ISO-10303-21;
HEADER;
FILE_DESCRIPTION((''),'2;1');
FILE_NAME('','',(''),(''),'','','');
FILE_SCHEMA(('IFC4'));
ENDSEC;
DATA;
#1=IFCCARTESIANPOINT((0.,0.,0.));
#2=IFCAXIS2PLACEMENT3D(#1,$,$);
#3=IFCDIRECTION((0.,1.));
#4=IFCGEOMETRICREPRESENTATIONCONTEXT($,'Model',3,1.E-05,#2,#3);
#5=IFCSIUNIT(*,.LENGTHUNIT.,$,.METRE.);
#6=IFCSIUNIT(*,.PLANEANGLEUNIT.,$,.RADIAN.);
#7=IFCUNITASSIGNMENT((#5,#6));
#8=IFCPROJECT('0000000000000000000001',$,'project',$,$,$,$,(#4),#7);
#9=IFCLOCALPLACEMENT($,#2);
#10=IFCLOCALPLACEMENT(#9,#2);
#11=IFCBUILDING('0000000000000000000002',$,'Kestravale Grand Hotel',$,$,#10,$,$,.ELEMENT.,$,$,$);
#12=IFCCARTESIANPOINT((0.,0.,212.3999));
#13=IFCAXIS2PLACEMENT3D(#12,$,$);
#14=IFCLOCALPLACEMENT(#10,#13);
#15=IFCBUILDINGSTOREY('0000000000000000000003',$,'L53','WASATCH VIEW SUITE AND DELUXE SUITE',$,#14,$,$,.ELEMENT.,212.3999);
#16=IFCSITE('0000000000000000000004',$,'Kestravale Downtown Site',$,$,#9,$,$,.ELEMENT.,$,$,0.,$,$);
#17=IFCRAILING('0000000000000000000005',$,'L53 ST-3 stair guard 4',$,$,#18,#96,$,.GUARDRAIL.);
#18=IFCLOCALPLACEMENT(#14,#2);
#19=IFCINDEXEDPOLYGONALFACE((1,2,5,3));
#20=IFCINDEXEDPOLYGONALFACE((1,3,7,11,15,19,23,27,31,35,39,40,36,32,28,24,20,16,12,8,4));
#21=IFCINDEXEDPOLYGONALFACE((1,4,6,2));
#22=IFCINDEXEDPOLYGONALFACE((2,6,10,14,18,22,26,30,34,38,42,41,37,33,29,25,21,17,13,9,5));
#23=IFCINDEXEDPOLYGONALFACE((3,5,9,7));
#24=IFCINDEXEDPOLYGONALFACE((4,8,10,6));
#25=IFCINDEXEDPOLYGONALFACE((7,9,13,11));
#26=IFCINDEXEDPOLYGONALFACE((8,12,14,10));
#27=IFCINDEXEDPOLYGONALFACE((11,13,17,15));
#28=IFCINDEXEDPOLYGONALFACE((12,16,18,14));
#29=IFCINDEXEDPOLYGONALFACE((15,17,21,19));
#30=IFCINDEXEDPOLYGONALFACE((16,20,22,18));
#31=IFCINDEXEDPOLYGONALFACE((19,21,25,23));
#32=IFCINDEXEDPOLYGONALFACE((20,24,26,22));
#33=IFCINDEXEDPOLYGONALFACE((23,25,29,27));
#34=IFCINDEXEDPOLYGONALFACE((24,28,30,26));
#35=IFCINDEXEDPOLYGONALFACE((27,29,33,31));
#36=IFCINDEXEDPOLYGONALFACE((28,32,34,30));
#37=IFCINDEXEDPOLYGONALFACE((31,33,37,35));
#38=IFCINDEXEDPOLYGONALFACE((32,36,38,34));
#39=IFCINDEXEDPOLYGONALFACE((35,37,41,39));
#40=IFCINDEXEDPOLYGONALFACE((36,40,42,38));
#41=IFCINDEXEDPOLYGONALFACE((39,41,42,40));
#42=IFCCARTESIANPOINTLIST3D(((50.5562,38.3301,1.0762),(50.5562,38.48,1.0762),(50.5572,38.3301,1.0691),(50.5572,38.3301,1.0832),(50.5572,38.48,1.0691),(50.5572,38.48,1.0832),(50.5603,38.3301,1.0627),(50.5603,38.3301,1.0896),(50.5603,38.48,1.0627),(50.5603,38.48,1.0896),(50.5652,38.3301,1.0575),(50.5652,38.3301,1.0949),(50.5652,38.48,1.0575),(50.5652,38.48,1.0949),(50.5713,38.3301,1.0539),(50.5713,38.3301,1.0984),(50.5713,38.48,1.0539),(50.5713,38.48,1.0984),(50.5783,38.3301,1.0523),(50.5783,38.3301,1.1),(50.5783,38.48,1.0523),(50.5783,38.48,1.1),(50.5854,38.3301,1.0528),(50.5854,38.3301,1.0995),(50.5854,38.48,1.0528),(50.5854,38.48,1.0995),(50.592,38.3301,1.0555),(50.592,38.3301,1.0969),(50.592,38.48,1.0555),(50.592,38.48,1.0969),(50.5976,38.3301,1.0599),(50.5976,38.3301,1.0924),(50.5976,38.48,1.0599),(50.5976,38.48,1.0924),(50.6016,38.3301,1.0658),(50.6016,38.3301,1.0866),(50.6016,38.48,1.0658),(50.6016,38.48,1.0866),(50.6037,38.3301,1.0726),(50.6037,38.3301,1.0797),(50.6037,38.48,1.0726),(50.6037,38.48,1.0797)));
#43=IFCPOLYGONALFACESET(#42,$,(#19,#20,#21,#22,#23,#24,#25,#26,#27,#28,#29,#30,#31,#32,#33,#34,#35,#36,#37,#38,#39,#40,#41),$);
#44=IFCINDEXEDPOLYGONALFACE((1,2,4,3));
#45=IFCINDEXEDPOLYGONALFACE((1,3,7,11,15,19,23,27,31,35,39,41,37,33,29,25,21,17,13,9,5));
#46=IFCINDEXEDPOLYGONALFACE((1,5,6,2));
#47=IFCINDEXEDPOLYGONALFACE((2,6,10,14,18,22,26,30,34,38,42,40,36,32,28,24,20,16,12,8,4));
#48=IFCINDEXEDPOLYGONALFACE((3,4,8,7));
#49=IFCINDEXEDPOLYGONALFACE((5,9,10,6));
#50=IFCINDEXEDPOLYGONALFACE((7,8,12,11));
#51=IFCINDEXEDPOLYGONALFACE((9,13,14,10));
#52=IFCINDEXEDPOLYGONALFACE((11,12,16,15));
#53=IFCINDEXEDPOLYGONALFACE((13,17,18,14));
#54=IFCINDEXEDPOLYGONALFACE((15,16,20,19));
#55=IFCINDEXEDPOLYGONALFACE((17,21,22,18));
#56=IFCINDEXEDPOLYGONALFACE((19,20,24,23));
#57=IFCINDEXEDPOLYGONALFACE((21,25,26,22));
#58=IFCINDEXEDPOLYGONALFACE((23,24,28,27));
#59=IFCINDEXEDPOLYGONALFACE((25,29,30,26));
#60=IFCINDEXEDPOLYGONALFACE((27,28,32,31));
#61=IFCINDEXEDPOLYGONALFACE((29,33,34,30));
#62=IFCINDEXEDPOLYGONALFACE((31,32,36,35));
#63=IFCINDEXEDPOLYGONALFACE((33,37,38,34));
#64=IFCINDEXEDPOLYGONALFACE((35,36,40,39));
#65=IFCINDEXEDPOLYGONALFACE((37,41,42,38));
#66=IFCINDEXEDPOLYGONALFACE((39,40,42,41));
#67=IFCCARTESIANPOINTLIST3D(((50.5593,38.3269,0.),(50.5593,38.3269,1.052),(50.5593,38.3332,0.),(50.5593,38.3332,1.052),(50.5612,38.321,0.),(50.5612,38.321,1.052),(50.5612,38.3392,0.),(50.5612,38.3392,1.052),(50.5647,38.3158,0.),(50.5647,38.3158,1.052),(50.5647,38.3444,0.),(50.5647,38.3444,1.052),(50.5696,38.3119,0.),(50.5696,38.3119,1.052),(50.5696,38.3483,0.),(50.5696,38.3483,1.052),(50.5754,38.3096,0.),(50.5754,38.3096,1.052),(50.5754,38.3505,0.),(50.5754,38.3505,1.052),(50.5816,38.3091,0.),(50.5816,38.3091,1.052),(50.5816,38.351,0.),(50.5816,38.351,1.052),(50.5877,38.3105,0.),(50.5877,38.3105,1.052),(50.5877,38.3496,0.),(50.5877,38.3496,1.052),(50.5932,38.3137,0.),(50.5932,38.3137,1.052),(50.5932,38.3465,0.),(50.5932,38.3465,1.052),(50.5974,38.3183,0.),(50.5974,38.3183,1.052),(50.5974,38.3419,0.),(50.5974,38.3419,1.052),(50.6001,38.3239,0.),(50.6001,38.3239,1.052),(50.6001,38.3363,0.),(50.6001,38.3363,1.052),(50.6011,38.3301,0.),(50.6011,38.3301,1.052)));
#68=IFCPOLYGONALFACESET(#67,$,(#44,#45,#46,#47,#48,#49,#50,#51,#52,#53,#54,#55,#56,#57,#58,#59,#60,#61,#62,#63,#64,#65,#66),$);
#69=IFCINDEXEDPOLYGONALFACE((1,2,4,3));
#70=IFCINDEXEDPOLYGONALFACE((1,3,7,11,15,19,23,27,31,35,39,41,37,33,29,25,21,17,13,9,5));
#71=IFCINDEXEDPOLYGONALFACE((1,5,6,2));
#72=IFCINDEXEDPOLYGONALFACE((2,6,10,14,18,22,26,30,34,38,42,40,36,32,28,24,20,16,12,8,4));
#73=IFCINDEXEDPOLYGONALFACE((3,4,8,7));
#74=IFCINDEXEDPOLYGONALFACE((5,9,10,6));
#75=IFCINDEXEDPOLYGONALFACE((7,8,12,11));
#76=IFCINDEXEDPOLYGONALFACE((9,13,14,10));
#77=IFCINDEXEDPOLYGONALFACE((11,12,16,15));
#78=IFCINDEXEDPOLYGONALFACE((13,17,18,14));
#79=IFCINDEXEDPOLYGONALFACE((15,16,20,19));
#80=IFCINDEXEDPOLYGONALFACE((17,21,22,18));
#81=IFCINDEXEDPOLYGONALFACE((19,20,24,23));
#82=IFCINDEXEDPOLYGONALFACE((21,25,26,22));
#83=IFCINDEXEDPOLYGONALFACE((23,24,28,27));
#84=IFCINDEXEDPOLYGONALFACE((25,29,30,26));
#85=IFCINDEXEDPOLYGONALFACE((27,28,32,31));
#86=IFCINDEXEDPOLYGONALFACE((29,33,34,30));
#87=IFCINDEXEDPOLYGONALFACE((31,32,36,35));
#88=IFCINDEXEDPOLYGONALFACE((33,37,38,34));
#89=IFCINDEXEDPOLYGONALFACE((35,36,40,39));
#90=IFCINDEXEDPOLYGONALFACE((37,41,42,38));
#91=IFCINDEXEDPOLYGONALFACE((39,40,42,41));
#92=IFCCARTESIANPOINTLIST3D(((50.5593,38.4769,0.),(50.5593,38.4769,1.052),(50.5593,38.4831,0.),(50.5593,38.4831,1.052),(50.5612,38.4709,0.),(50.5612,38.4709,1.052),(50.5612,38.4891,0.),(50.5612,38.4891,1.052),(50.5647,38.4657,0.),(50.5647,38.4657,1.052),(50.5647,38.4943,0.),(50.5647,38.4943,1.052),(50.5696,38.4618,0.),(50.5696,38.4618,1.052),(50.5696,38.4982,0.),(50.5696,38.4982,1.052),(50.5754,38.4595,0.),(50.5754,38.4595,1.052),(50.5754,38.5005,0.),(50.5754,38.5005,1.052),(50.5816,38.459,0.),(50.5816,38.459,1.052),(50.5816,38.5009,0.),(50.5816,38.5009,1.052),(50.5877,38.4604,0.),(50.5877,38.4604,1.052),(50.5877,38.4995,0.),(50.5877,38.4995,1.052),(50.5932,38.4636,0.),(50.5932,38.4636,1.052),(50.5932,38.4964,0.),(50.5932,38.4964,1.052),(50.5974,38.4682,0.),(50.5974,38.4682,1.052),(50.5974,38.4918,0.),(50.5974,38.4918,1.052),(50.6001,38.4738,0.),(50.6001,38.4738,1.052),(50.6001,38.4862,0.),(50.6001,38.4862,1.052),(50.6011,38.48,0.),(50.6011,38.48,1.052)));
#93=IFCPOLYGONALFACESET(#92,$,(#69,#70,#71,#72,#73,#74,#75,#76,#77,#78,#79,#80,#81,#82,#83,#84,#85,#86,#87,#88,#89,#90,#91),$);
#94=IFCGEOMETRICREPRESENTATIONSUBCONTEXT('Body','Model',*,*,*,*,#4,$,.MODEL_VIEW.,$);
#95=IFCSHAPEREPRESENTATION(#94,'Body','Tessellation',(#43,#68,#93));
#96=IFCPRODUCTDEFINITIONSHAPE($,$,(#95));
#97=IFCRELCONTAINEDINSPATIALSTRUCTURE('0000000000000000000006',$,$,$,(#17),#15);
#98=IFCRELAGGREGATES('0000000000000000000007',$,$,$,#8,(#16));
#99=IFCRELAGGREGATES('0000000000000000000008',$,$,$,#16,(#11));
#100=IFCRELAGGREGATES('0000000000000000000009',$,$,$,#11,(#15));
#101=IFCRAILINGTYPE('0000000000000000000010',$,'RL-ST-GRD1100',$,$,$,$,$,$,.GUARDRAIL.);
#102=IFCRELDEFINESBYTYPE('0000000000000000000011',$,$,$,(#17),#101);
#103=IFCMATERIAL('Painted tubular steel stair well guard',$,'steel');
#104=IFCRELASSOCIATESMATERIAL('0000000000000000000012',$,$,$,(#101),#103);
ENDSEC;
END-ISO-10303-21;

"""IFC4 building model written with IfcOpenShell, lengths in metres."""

from ifc_helpers import new_model, si_unit, direction, frame, origin, origin_2d, place, context, subcontext, project, spatial, circle, extrude, material, type_object, element, save


model = new_model("IFC4")

# Units and contexts
model_context = context("Model", 3, precision=1e-05, world=origin(), true_north=direction((0.0, 1.0)))
body_context = subcontext(model_context, "Body", "Model", "MODEL_VIEW")
ifc_project = project(units=[si_unit("LENGTHUNIT", "METRE"), si_unit("PLANEANGLEUNIT", "RADIAN")], contexts=[model_context])

# Site, building, storey
site_placement = place(None, origin())
site = spatial("IfcSite", under=ifc_project, at=site_placement, Name="Kestravale Downtown Site", CompositionType="ELEMENT", RefElevation=0.0)
building_placement = place(site_placement, origin())
building = spatial("IfcBuilding", under=site, at=building_placement, Name="Kestravale Grand Hotel", CompositionType="ELEMENT")
storey_placement = place(building_placement, frame((0.0, 0.0, 212.3999)))
storey = spatial("IfcBuildingStorey", under=building, at=storey_placement, Name="L53", Description="WASATCH VIEW SUITE AND DELUXE SUITE", CompositionType="ELEMENT", Elevation=212.3999)

# Railing
ifc_material_1 = material(Name="Painted tubular steel stair well guard", Category="steel")
railing_type_1 = type_object("IfcRailingType", Name="RL-ST-GRD1100", PredefinedType="GUARDRAIL", material=ifc_material_1)
railing_1_placement = place(storey_placement, frame((50.5801, 38.3301, 0.0)))
element("IfcRailing", 1, at=railing_1_placement, inside=storey, type_object=railing_type_1, Name="L53 ST-3 stair guard 4", PredefinedType="GUARDRAIL", context=body_context, shape_type="SweptSolid", body=[
    extrude(circle(Radius=0.0239, at=origin_2d()), frame((0.0, 0.0, 1.0762), z_axis=(0.0, 1.0, 0.0), x_axis=(-1.0, 0.0, 0.0)), (0.0, 0.0, 1.0), 0.1499),
    extrude(circle(Radius=0.021, at=origin_2d()), origin(), (0.0, 0.0, 1.0), 1.052),
    extrude(circle(Radius=0.021, at=origin_2d()), frame((0.0, 0.1499, 0.0)), (0.0, 0.0, 1.0), 1.052),
])

save(model, "model.ifc")
